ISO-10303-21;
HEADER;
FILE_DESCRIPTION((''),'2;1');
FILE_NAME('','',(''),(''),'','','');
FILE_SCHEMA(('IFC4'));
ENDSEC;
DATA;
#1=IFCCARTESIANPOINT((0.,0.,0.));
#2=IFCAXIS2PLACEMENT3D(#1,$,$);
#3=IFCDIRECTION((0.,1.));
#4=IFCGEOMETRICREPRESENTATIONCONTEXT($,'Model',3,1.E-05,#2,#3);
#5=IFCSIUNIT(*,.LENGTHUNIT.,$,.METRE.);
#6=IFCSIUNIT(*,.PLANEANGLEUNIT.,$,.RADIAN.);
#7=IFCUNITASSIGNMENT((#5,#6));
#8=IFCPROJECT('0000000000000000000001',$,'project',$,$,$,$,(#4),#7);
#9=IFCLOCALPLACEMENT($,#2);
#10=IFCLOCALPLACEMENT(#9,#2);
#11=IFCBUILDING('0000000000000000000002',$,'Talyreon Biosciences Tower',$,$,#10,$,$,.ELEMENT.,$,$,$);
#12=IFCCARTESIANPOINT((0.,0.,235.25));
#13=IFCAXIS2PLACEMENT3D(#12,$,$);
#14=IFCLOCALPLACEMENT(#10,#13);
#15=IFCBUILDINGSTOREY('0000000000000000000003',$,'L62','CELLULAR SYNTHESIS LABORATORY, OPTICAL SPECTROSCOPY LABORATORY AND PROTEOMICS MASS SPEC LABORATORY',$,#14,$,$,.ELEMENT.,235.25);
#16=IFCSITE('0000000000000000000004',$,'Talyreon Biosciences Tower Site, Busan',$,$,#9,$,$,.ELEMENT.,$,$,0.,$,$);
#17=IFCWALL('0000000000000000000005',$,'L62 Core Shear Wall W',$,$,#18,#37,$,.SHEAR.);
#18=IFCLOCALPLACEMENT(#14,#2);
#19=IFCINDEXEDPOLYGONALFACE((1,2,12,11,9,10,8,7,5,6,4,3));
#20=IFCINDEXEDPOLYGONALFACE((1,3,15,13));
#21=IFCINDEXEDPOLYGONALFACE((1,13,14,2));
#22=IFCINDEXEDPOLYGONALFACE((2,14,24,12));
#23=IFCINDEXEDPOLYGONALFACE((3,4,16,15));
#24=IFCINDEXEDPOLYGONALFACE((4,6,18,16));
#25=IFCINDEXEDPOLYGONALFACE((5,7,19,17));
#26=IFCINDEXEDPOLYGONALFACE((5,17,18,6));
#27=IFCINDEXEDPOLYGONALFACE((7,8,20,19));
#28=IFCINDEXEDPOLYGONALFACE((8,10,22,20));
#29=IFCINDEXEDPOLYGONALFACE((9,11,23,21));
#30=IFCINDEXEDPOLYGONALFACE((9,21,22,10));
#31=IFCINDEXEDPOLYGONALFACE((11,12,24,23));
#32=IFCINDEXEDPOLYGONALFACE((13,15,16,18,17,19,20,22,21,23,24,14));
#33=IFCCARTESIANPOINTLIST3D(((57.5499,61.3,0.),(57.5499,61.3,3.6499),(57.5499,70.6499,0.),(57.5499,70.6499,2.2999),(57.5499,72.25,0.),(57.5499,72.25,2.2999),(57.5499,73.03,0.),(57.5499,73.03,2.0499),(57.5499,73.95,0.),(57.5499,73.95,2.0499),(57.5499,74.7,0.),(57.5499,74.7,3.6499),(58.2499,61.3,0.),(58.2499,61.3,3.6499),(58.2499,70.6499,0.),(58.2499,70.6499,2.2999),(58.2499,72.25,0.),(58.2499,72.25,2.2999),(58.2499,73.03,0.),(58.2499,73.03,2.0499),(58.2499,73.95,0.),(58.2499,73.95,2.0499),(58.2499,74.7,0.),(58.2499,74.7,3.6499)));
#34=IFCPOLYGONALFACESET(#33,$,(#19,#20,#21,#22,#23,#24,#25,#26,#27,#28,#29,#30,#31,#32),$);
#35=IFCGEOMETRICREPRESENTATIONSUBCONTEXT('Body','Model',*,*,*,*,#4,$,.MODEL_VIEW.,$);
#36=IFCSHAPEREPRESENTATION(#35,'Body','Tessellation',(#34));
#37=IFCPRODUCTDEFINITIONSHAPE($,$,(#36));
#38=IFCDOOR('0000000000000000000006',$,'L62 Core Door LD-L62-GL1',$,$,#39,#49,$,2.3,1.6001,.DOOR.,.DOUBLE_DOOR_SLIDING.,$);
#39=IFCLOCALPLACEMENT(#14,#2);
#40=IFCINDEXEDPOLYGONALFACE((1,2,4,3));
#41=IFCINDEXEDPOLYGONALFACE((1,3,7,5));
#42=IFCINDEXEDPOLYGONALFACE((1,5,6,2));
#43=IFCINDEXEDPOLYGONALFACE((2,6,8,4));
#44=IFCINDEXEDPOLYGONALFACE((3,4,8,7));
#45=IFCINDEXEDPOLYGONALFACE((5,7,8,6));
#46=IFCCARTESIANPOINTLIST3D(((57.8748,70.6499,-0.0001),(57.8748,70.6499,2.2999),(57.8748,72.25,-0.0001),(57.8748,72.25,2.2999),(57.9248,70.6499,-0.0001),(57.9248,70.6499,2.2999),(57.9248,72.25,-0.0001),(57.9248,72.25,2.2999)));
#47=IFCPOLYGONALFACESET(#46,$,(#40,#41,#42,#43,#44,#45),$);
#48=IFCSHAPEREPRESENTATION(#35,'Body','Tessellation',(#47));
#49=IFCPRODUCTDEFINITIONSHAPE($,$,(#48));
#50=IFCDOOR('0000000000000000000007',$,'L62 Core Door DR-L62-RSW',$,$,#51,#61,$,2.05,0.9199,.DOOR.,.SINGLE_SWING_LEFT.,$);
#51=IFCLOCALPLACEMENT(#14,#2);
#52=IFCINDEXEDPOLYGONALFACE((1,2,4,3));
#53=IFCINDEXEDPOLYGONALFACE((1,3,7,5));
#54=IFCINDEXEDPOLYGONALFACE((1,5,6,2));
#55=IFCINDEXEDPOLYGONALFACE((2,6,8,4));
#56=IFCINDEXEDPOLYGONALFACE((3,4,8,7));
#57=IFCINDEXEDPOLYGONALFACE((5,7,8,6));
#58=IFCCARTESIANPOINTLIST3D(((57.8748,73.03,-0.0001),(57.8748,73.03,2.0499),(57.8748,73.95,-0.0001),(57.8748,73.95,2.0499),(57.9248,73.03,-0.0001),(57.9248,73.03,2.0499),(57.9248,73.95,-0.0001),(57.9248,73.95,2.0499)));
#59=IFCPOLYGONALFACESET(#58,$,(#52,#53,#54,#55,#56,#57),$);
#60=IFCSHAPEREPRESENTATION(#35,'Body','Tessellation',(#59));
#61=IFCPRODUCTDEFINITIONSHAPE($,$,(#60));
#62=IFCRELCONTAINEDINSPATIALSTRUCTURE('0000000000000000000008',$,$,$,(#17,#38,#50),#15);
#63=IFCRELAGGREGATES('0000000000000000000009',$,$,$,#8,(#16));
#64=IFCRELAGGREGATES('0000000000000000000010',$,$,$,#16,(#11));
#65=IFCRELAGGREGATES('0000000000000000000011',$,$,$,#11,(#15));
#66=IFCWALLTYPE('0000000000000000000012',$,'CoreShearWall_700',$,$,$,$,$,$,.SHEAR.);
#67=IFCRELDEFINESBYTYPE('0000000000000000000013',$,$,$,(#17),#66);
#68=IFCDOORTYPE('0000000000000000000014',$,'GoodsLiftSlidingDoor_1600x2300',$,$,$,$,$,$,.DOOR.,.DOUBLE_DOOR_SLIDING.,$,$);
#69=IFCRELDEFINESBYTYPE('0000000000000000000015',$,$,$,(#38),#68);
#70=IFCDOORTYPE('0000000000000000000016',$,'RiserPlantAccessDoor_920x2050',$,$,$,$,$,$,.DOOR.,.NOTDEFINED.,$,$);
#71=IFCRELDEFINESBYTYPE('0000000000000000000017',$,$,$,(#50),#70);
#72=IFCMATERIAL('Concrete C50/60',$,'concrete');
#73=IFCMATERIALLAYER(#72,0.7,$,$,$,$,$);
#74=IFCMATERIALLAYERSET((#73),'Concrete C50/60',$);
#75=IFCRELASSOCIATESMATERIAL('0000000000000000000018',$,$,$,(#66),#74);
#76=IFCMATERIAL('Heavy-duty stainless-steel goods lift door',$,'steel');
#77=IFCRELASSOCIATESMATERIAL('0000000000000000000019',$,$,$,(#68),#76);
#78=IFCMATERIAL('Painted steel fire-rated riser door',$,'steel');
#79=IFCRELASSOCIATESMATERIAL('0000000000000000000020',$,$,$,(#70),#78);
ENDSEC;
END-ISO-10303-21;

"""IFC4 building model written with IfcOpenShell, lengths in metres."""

from ifc_helpers import new_model, si_unit, direction, frame, frame_2d, origin, place, context, subcontext, project, spatial, rectangle, extrude, material, layer, layer_set, type_object, element, fill, save


model = new_model("IFC4")

# Units and contexts
model_context = context("Model", 3, precision=1e-05, world=origin(), true_north=direction((0.0, 1.0)))
body_context = subcontext(model_context, "Body", "Model", "MODEL_VIEW")
ifc_project = project(units=[si_unit("LENGTHUNIT", "METRE"), si_unit("PLANEANGLEUNIT", "RADIAN")], contexts=[model_context])

# Site, building, storey
site_placement = place(None, origin())
site = spatial("IfcSite", under=ifc_project, at=site_placement, Name="Talyreon Biosciences Tower Site, Busan", CompositionType="ELEMENT", RefElevation=0.0)
building_placement = place(site_placement, origin())
building = spatial("IfcBuilding", under=site, at=building_placement, Name="Talyreon Biosciences Tower", CompositionType="ELEMENT")
storey_placement = place(building_placement, frame((0.0, 0.0, 235.25)))
storey = spatial("IfcBuildingStorey", under=building, at=storey_placement, Name="L62", Description="CELLULAR SYNTHESIS LABORATORY, OPTICAL SPECTROSCOPY LABORATORY AND PROTEOMICS MASS SPEC LABORATORY", CompositionType="ELEMENT", Elevation=235.25)

# Shared definitions
ifc_material_1 = material(Name="Concrete C50/60", Category="concrete")

# Shared definitions
ifc_layer_1 = layer(ifc_material_1, 0.7)
ifc_layer_set_1 = layer_set([ifc_layer_1], Name="Concrete C50/60")
wall_type_1 = type_object("IfcWallType", Name="CoreShearWall_700", PredefinedType="SHEAR", material=ifc_layer_set_1)

# Wall, openings, doors
wall_1_placement = place(storey_placement, frame((57.8999, 74.7, 0.0), z_axis=(0.0, 0.0, 1.0), x_axis=(0.0, -1.0, 0.0)))
wall_1 = element("IfcWall", 1, at=wall_1_placement, inside=storey, type_object=wall_type_1, Name="L62 Core Shear Wall W", PredefinedType="SHEAR", context=body_context, shape_type="SweptSolid", body=[
    extrude(rectangle(XDim=13.3999, YDim=0.7, at=frame_2d((6.7, 0.0))), origin(), (0.0, 0.0, 1.0), 3.6499),
])
opening_1_placement = place(wall_1_placement, frame((0.75, 0.0, 0.0)))
opening_1 = element("IfcOpeningElement", 2, at=opening_1_placement, cuts=wall_1, PredefinedType="OPENING", context=body_context, shape_type="SweptSolid", body=[
    extrude(rectangle(XDim=0.9199, YDim=2.05, at=frame_2d((0.46, 1.0249))), frame((0.0, 0.3599, 0.0), z_axis=(0.0, -1.0, 0.0), x_axis=(1.0, 0.0, 0.0)), (0.0, 0.0, 1.0), 0.72),
])
opening_2_placement = place(wall_1_placement, frame((2.45, 0.0, 0.0)))
opening_2 = element("IfcOpeningElement", 3, at=opening_2_placement, cuts=wall_1, PredefinedType="OPENING", context=body_context, shape_type="SweptSolid", body=[
    extrude(rectangle(XDim=1.6001, YDim=2.3, at=frame_2d((0.8, 1.1499))), frame((0.0, 0.3599, 0.0), z_axis=(0.0, -1.0, 0.0), x_axis=(1.0, 0.0, 0.0)), (0.0, 0.0, 1.0), 0.72),
])
ifc_material_2 = material(Name="Heavy-duty stainless-steel goods lift door", Category="steel")
door_type_1 = type_object("IfcDoorType", Name="GoodsLiftSlidingDoor_1600x2300", OperationType="DOUBLE_DOOR_SLIDING", PredefinedType="DOOR", material=ifc_material_2)
door_1_placement = place(opening_2_placement, origin())
door_1 = element("IfcDoor", 4, at=door_1_placement, inside=storey, type_object=door_type_1, Name="L62 Core Door LD-L62-GL1", OperationType="DOUBLE_DOOR_SLIDING", OverallHeight=2.3, OverallWidth=1.6001, PredefinedType="DOOR", context=body_context, shape_type="SweptSolid", body=[
    extrude(rectangle(XDim=1.6001, YDim=2.3, at=frame_2d((0.8, 1.1499))), frame((0.0, 0.0249, 0.0), z_axis=(0.0, -1.0, 0.0), x_axis=(1.0, 0.0, 0.0)), (0.0, 0.0, 1.0), 0.05),
])
fill(opening_2, door_1)
ifc_material_3 = material(Name="Painted steel fire-rated riser door", Category="steel")
door_type_2 = type_object("IfcDoorType", Name="RiserPlantAccessDoor_920x2050", OperationType="NOTDEFINED", PredefinedType="DOOR", material=ifc_material_3)
door_2_placement = place(opening_1_placement, origin())
door_2 = element("IfcDoor", 5, at=door_2_placement, inside=storey, type_object=door_type_2, Name="L62 Core Door DR-L62-RSW", OperationType="SINGLE_SWING_LEFT", OverallHeight=2.05, OverallWidth=0.9199, PredefinedType="DOOR", context=body_context, shape_type="SweptSolid", body=[
    extrude(rectangle(XDim=0.9199, YDim=2.05, at=frame_2d((0.46, 1.0249))), frame((0.0, 0.0249, 0.0), z_axis=(0.0, -1.0, 0.0), x_axis=(1.0, 0.0, 0.0)), (0.0, 0.0, 1.0), 0.05),
])
fill(opening_1, door_2)

save(model, "model.ifc")
